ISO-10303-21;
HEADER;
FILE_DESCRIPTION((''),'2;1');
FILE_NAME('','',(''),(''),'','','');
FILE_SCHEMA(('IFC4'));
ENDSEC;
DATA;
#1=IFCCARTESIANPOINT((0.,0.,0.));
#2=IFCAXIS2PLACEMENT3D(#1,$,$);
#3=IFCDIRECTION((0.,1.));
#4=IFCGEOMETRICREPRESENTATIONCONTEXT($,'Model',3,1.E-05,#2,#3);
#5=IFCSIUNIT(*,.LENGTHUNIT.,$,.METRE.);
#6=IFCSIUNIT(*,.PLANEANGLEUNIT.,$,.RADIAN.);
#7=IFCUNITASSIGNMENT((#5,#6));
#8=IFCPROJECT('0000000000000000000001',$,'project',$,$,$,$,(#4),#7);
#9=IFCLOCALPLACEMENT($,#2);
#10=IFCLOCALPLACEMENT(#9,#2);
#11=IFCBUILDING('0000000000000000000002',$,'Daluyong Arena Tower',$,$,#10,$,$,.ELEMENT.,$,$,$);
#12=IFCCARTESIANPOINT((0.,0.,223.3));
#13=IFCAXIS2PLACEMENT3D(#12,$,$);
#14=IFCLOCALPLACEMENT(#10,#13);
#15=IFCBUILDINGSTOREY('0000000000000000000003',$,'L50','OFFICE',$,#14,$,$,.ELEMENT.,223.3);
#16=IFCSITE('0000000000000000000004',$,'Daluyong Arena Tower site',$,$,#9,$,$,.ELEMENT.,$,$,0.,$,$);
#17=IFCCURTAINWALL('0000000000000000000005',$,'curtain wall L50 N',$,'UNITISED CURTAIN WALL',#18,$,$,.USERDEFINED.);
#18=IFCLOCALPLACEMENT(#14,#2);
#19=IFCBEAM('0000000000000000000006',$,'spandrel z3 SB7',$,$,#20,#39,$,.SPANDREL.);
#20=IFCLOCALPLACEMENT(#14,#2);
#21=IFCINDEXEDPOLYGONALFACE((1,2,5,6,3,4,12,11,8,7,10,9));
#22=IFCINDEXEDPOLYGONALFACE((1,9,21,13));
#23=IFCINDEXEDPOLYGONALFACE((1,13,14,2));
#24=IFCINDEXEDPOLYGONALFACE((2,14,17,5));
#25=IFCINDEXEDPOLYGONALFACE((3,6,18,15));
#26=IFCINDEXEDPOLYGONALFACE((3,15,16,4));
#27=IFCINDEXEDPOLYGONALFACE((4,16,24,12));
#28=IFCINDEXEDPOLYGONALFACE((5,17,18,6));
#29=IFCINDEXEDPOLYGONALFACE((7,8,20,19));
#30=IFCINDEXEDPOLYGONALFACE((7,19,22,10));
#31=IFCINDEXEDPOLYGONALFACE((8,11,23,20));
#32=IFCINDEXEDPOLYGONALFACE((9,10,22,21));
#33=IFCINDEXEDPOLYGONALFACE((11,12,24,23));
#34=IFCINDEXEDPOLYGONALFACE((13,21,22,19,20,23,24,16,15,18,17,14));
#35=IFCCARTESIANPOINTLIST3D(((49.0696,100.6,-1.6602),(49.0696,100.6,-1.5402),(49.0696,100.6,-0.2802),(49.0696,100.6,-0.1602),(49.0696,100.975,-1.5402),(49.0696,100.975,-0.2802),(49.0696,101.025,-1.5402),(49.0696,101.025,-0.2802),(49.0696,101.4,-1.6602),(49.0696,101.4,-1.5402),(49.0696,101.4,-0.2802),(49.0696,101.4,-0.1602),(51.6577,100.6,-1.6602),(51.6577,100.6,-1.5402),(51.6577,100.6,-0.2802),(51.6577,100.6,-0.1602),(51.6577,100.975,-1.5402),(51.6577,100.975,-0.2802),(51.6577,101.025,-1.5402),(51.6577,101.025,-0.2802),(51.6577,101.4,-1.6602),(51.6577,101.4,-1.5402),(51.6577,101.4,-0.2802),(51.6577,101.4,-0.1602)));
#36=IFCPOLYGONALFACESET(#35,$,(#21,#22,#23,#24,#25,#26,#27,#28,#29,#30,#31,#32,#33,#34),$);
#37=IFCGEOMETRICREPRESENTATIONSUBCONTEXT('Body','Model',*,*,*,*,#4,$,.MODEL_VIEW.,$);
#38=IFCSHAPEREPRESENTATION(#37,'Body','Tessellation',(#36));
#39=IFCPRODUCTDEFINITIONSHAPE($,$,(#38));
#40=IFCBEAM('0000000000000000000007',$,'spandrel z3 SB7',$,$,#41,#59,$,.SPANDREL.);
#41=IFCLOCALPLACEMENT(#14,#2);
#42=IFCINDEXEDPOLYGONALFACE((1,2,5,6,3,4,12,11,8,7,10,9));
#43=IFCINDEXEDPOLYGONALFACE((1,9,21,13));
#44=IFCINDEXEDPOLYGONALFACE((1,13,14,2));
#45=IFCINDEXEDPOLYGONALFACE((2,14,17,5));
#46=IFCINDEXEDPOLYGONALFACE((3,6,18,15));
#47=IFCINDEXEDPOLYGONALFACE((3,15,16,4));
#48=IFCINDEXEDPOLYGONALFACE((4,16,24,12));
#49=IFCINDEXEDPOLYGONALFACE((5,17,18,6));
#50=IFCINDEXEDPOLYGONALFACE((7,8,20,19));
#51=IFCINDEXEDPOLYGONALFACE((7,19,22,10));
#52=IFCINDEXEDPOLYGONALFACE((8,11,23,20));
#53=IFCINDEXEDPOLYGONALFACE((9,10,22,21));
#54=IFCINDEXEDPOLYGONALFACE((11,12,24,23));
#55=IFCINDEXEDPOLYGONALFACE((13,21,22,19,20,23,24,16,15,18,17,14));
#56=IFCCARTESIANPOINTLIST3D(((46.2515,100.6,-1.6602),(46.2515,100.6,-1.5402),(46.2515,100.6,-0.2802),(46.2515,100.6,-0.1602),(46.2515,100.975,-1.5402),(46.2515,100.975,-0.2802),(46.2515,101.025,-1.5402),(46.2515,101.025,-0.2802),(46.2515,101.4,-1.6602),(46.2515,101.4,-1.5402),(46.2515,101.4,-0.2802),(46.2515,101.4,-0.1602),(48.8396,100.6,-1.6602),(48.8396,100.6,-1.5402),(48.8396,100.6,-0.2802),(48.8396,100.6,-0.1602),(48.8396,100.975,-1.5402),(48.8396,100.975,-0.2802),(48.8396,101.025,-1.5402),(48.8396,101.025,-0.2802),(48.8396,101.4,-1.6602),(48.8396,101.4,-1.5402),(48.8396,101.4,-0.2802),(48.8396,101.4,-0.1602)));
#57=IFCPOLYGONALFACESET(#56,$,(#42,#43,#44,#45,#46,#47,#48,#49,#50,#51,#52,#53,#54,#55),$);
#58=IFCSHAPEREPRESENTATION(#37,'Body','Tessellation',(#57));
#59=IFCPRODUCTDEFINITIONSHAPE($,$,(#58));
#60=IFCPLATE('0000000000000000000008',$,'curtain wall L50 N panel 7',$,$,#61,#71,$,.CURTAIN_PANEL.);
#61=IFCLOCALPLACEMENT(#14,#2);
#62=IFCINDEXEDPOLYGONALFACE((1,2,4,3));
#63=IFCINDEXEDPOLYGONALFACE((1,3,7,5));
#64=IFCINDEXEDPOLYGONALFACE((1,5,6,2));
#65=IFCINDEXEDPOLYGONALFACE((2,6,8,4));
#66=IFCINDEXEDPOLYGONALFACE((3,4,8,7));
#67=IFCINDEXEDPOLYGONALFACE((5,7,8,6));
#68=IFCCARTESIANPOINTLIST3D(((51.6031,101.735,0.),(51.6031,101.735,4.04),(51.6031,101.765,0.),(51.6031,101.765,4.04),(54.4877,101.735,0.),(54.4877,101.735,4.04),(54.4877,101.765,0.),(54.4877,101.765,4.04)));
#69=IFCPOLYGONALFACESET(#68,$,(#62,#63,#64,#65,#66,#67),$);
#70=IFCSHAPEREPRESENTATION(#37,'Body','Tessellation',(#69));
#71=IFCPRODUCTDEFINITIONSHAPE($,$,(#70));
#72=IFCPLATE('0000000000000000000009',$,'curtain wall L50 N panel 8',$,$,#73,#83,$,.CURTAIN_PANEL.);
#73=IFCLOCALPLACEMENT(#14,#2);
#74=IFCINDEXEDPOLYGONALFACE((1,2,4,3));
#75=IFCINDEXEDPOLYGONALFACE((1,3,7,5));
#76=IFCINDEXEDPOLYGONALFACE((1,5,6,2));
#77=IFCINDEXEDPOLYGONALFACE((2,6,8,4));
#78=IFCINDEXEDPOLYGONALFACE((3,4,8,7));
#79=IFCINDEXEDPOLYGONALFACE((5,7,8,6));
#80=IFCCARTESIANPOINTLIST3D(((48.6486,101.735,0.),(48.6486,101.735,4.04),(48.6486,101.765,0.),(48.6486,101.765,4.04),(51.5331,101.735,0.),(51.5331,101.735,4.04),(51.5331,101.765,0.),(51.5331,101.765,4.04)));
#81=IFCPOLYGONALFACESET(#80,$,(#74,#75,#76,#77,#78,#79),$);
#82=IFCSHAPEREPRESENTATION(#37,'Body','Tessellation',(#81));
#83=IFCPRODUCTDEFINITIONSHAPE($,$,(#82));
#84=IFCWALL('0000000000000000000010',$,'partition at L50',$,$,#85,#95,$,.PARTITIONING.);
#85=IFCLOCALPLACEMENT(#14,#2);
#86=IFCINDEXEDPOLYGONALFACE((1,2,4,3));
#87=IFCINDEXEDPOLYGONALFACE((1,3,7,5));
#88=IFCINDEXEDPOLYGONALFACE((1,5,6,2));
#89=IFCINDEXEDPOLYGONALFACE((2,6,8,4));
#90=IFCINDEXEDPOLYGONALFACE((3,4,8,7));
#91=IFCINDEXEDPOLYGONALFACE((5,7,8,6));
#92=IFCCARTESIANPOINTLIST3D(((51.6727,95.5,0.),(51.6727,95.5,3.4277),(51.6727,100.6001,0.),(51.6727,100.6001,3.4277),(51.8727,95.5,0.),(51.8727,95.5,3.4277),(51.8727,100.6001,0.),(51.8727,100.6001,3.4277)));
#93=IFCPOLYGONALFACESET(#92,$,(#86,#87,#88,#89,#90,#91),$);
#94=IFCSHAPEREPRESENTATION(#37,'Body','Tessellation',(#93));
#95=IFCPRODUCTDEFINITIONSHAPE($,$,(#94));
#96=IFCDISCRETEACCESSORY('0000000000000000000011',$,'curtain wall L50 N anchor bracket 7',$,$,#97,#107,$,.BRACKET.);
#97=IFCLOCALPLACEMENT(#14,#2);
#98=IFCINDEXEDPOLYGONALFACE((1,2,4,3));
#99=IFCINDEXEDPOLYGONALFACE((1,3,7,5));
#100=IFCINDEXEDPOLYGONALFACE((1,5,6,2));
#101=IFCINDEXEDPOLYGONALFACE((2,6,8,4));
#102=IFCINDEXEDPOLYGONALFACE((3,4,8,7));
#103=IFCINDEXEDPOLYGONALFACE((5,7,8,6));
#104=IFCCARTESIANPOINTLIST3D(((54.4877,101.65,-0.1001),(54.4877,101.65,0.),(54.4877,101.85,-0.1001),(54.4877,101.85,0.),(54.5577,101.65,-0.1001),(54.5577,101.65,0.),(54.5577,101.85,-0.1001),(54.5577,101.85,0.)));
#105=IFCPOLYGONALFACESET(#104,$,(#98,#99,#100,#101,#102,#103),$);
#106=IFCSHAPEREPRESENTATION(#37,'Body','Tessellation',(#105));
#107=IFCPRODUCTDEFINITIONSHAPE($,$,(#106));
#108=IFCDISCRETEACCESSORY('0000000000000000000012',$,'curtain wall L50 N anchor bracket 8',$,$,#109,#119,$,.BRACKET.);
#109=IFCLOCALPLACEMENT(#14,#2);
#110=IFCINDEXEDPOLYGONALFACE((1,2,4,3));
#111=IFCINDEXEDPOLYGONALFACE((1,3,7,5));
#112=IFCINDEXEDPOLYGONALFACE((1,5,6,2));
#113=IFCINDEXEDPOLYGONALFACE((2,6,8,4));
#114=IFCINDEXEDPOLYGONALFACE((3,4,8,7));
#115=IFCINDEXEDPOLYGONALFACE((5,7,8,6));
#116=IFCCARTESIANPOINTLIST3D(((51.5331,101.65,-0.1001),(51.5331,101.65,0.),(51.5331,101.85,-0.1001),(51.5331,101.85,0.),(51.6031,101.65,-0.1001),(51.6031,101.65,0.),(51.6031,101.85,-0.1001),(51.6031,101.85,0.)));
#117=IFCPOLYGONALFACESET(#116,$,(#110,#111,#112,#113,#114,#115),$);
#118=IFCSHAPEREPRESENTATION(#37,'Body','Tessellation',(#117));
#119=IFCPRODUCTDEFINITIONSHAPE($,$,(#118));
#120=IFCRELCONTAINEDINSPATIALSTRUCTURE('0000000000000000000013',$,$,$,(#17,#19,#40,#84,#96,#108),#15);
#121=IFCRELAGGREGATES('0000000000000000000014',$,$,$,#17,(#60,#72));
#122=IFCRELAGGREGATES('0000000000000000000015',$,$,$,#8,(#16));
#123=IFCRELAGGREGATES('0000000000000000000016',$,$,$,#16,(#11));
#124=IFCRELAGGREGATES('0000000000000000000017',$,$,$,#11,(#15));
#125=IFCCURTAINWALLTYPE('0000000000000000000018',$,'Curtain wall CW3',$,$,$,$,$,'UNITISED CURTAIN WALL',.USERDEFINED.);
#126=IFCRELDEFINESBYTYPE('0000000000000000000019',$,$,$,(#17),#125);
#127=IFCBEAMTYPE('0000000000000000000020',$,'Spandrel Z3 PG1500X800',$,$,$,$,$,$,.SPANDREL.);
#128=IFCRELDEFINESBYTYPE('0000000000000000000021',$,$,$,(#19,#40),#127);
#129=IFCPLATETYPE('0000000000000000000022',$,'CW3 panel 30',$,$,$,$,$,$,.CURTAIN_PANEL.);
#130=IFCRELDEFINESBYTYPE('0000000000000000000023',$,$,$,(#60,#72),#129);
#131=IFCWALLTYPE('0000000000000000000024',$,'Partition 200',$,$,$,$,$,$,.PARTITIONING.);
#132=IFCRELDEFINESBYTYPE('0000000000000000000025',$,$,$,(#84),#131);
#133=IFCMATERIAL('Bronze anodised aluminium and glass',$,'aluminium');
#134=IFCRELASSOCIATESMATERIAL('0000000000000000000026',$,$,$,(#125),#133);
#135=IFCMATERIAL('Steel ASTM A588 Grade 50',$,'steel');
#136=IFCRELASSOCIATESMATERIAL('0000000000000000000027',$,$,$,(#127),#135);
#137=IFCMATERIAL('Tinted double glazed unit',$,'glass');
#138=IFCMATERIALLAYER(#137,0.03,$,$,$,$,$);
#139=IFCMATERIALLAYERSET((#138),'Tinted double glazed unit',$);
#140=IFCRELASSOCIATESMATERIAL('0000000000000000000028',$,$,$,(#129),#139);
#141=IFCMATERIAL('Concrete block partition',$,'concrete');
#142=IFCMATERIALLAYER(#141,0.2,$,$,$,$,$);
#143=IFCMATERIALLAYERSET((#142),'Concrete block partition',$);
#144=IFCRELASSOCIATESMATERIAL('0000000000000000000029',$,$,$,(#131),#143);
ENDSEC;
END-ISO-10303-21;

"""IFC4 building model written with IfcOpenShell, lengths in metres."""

from ifc_helpers import new_model, si_unit, direction, frame, frame_2d, origin, origin_2d, place, context, subcontext, project, spatial, rectangle, i_section, extrude, material, layer, layer_set, material_profile, profile_set, type_object, element, aggregate, save


model = new_model("IFC4")

# Units and contexts
model_context = context("Model", 3, precision=1e-05, world=origin(), true_north=direction((0.0, 1.0)))
body_context = subcontext(model_context, "Body", "Model", "MODEL_VIEW")
ifc_project = project(units=[si_unit("LENGTHUNIT", "METRE"), si_unit("PLANEANGLEUNIT", "RADIAN")], contexts=[model_context])

# Site, building, storey
site_placement = place(None, origin())
site = spatial("IfcSite", under=ifc_project, at=site_placement, Name="Daluyong Arena Tower site", CompositionType="ELEMENT", RefElevation=0.0)
building_placement = place(site_placement, origin())
building = spatial("IfcBuilding", under=site, at=building_placement, Name="Daluyong Arena Tower", CompositionType="ELEMENT")
storey_placement = place(building_placement, frame((0.0, 0.0, 223.3)))
storey = spatial("IfcBuildingStorey", under=building, at=storey_placement, Name="L50", Description="OFFICE", CompositionType="ELEMENT", Elevation=223.3)

# Curtain wall
ifc_material_1 = material(Name="Bronze anodised aluminium and glass", Category="aluminium")
curtain_wall_type = type_object("IfcCurtainWallType", Name="Curtain wall CW3", ElementType="UNITISED CURTAIN WALL", PredefinedType="USERDEFINED", material=ifc_material_1)
curtain_wall_placement = place(storey_placement, origin())
curtain_wall = element("IfcCurtainWall", 1, at=curtain_wall_placement, inside=storey, type_object=curtain_wall_type, Name="curtain wall L50 N", ObjectType="UNITISED CURTAIN WALL", PredefinedType="USERDEFINED")

# Beams
ifc_material_2 = material(Name="Steel ASTM A588 Grade 50", Category="steel")
ifc_material_profile_1 = material_profile(ifc_material_2, i_section(OverallWidth=0.8, OverallDepth=1.5, WebThickness=0.05, FlangeThickness=0.12, at=origin_2d()))
ifc_profile_set_1 = profile_set([ifc_material_profile_1], Name="Steel ASTM A588 Grade 50")
beam_type_1 = type_object("IfcBeamType", Name="Spandrel Z3 PG1500X800", PredefinedType="SPANDREL", material=ifc_profile_set_1)
for number, where, z_axis, x_axis, name in (
    (2, (51.6577, 101.0, -0.9102), (-1.0, 0.0, 0.0), (0.0, -1.0, 0.0), "spandrel z3 SB7"),
    (3, (48.8396, 101.0, -0.9102), (-1.0, 0.0, 0.0), (0.0, -1.0, 0.0), "spandrel z3 SB7"),
):
    element("IfcBeam", number, at=place(storey_placement, frame(where, z_axis=z_axis, x_axis=x_axis)), inside=storey, type_object=beam_type_1, Name=name, PredefinedType="SPANDREL", context=body_context, shape_type="SweptSolid", body=[
        extrude(i_section(OverallWidth=0.8, OverallDepth=1.5, WebThickness=0.05, FlangeThickness=0.12, at=origin_2d()), origin(), (0.0, 0.0, 1.0), 2.5881),
    ])

# Plates
ifc_material_3 = material(Name="Tinted double glazed unit", Category="glass")
ifc_layer_1 = layer(ifc_material_3, 0.03)
ifc_layer_set_1 = layer_set([ifc_layer_1], Name="Tinted double glazed unit")
plate_type = type_object("IfcPlateType", Name="CW3 panel 30", PredefinedType="CURTAIN_PANEL", material=ifc_layer_set_1)
plate_1_placement = place(storey_placement, frame((53.0454, 101.75, 0.0), z_axis=(0.0, 0.0, 1.0), x_axis=(-1.0, 0.0, 0.0)))
plate_1 = element("IfcPlate", 4, at=plate_1_placement, type_object=plate_type, Name="curtain wall L50 N panel 7", PredefinedType="CURTAIN_PANEL", context=body_context, shape_type="SweptSolid", body=[
    extrude(rectangle(XDim=2.8845, YDim=0.03, at=origin_2d()), origin(), (0.0, 0.0, 1.0), 4.04),
])
plate_2_placement = place(storey_placement, frame((50.0908, 101.75, 0.0), z_axis=(0.0, 0.0, 1.0), x_axis=(-1.0, 0.0, 0.0)))
plate_2 = element("IfcPlate", 5, at=plate_2_placement, type_object=plate_type, Name="curtain wall L50 N panel 8", PredefinedType="CURTAIN_PANEL", context=body_context, shape_type="SweptSolid", body=[
    extrude(rectangle(XDim=2.8845, YDim=0.03, at=origin_2d()), origin(), (0.0, 0.0, 1.0), 4.04),
])
aggregate(curtain_wall, [plate_1, plate_2])

# Wall
ifc_material_4 = material(Name="Concrete block partition", Category="concrete")
ifc_layer_2 = layer(ifc_material_4, 0.2)
ifc_layer_set_2 = layer_set([ifc_layer_2], Name="Concrete block partition")
wall_type = type_object("IfcWallType", Name="Partition 200", PredefinedType="PARTITIONING", material=ifc_layer_set_2)
wall_placement = place(storey_placement, frame((51.7727, 95.5, 0.0), z_axis=(0.0, 0.0, 1.0), x_axis=(0.0, 1.0, 0.0)))
element("IfcWall", 6, at=wall_placement, inside=storey, type_object=wall_type, Name="partition at L50", PredefinedType="PARTITIONING", context=body_context, shape_type="SweptSolid", body=[
    extrude(rectangle(XDim=5.1001, YDim=0.2, at=frame_2d((2.55, 0.0))), origin(), (0.0, 0.0, 1.0), 3.4277),
])

# Discrete accessories
for number, where, z_axis, x_axis, name in (
    (7, (54.5227, 101.75, -0.1001), (0.0, 0.0, 1.0), (-1.0, 0.0, 0.0), "curtain wall L50 N anchor bracket 7"),
    (8, (51.5681, 101.75, -0.1001), (0.0, 0.0, 1.0), (-1.0, 0.0, 0.0), "curtain wall L50 N anchor bracket 8"),
):
    element("IfcDiscreteAccessory", number, at=place(storey_placement, frame(where, z_axis=z_axis, x_axis=x_axis)), inside=storey, Name=name, PredefinedType="BRACKET", context=body_context, shape_type="SweptSolid", body=[
        extrude(rectangle(XDim=0.0701, YDim=0.2, at=origin_2d()), origin(), (0.0, 0.0, 1.0), 0.1001),
    ])

save(model, "model.ifc")
